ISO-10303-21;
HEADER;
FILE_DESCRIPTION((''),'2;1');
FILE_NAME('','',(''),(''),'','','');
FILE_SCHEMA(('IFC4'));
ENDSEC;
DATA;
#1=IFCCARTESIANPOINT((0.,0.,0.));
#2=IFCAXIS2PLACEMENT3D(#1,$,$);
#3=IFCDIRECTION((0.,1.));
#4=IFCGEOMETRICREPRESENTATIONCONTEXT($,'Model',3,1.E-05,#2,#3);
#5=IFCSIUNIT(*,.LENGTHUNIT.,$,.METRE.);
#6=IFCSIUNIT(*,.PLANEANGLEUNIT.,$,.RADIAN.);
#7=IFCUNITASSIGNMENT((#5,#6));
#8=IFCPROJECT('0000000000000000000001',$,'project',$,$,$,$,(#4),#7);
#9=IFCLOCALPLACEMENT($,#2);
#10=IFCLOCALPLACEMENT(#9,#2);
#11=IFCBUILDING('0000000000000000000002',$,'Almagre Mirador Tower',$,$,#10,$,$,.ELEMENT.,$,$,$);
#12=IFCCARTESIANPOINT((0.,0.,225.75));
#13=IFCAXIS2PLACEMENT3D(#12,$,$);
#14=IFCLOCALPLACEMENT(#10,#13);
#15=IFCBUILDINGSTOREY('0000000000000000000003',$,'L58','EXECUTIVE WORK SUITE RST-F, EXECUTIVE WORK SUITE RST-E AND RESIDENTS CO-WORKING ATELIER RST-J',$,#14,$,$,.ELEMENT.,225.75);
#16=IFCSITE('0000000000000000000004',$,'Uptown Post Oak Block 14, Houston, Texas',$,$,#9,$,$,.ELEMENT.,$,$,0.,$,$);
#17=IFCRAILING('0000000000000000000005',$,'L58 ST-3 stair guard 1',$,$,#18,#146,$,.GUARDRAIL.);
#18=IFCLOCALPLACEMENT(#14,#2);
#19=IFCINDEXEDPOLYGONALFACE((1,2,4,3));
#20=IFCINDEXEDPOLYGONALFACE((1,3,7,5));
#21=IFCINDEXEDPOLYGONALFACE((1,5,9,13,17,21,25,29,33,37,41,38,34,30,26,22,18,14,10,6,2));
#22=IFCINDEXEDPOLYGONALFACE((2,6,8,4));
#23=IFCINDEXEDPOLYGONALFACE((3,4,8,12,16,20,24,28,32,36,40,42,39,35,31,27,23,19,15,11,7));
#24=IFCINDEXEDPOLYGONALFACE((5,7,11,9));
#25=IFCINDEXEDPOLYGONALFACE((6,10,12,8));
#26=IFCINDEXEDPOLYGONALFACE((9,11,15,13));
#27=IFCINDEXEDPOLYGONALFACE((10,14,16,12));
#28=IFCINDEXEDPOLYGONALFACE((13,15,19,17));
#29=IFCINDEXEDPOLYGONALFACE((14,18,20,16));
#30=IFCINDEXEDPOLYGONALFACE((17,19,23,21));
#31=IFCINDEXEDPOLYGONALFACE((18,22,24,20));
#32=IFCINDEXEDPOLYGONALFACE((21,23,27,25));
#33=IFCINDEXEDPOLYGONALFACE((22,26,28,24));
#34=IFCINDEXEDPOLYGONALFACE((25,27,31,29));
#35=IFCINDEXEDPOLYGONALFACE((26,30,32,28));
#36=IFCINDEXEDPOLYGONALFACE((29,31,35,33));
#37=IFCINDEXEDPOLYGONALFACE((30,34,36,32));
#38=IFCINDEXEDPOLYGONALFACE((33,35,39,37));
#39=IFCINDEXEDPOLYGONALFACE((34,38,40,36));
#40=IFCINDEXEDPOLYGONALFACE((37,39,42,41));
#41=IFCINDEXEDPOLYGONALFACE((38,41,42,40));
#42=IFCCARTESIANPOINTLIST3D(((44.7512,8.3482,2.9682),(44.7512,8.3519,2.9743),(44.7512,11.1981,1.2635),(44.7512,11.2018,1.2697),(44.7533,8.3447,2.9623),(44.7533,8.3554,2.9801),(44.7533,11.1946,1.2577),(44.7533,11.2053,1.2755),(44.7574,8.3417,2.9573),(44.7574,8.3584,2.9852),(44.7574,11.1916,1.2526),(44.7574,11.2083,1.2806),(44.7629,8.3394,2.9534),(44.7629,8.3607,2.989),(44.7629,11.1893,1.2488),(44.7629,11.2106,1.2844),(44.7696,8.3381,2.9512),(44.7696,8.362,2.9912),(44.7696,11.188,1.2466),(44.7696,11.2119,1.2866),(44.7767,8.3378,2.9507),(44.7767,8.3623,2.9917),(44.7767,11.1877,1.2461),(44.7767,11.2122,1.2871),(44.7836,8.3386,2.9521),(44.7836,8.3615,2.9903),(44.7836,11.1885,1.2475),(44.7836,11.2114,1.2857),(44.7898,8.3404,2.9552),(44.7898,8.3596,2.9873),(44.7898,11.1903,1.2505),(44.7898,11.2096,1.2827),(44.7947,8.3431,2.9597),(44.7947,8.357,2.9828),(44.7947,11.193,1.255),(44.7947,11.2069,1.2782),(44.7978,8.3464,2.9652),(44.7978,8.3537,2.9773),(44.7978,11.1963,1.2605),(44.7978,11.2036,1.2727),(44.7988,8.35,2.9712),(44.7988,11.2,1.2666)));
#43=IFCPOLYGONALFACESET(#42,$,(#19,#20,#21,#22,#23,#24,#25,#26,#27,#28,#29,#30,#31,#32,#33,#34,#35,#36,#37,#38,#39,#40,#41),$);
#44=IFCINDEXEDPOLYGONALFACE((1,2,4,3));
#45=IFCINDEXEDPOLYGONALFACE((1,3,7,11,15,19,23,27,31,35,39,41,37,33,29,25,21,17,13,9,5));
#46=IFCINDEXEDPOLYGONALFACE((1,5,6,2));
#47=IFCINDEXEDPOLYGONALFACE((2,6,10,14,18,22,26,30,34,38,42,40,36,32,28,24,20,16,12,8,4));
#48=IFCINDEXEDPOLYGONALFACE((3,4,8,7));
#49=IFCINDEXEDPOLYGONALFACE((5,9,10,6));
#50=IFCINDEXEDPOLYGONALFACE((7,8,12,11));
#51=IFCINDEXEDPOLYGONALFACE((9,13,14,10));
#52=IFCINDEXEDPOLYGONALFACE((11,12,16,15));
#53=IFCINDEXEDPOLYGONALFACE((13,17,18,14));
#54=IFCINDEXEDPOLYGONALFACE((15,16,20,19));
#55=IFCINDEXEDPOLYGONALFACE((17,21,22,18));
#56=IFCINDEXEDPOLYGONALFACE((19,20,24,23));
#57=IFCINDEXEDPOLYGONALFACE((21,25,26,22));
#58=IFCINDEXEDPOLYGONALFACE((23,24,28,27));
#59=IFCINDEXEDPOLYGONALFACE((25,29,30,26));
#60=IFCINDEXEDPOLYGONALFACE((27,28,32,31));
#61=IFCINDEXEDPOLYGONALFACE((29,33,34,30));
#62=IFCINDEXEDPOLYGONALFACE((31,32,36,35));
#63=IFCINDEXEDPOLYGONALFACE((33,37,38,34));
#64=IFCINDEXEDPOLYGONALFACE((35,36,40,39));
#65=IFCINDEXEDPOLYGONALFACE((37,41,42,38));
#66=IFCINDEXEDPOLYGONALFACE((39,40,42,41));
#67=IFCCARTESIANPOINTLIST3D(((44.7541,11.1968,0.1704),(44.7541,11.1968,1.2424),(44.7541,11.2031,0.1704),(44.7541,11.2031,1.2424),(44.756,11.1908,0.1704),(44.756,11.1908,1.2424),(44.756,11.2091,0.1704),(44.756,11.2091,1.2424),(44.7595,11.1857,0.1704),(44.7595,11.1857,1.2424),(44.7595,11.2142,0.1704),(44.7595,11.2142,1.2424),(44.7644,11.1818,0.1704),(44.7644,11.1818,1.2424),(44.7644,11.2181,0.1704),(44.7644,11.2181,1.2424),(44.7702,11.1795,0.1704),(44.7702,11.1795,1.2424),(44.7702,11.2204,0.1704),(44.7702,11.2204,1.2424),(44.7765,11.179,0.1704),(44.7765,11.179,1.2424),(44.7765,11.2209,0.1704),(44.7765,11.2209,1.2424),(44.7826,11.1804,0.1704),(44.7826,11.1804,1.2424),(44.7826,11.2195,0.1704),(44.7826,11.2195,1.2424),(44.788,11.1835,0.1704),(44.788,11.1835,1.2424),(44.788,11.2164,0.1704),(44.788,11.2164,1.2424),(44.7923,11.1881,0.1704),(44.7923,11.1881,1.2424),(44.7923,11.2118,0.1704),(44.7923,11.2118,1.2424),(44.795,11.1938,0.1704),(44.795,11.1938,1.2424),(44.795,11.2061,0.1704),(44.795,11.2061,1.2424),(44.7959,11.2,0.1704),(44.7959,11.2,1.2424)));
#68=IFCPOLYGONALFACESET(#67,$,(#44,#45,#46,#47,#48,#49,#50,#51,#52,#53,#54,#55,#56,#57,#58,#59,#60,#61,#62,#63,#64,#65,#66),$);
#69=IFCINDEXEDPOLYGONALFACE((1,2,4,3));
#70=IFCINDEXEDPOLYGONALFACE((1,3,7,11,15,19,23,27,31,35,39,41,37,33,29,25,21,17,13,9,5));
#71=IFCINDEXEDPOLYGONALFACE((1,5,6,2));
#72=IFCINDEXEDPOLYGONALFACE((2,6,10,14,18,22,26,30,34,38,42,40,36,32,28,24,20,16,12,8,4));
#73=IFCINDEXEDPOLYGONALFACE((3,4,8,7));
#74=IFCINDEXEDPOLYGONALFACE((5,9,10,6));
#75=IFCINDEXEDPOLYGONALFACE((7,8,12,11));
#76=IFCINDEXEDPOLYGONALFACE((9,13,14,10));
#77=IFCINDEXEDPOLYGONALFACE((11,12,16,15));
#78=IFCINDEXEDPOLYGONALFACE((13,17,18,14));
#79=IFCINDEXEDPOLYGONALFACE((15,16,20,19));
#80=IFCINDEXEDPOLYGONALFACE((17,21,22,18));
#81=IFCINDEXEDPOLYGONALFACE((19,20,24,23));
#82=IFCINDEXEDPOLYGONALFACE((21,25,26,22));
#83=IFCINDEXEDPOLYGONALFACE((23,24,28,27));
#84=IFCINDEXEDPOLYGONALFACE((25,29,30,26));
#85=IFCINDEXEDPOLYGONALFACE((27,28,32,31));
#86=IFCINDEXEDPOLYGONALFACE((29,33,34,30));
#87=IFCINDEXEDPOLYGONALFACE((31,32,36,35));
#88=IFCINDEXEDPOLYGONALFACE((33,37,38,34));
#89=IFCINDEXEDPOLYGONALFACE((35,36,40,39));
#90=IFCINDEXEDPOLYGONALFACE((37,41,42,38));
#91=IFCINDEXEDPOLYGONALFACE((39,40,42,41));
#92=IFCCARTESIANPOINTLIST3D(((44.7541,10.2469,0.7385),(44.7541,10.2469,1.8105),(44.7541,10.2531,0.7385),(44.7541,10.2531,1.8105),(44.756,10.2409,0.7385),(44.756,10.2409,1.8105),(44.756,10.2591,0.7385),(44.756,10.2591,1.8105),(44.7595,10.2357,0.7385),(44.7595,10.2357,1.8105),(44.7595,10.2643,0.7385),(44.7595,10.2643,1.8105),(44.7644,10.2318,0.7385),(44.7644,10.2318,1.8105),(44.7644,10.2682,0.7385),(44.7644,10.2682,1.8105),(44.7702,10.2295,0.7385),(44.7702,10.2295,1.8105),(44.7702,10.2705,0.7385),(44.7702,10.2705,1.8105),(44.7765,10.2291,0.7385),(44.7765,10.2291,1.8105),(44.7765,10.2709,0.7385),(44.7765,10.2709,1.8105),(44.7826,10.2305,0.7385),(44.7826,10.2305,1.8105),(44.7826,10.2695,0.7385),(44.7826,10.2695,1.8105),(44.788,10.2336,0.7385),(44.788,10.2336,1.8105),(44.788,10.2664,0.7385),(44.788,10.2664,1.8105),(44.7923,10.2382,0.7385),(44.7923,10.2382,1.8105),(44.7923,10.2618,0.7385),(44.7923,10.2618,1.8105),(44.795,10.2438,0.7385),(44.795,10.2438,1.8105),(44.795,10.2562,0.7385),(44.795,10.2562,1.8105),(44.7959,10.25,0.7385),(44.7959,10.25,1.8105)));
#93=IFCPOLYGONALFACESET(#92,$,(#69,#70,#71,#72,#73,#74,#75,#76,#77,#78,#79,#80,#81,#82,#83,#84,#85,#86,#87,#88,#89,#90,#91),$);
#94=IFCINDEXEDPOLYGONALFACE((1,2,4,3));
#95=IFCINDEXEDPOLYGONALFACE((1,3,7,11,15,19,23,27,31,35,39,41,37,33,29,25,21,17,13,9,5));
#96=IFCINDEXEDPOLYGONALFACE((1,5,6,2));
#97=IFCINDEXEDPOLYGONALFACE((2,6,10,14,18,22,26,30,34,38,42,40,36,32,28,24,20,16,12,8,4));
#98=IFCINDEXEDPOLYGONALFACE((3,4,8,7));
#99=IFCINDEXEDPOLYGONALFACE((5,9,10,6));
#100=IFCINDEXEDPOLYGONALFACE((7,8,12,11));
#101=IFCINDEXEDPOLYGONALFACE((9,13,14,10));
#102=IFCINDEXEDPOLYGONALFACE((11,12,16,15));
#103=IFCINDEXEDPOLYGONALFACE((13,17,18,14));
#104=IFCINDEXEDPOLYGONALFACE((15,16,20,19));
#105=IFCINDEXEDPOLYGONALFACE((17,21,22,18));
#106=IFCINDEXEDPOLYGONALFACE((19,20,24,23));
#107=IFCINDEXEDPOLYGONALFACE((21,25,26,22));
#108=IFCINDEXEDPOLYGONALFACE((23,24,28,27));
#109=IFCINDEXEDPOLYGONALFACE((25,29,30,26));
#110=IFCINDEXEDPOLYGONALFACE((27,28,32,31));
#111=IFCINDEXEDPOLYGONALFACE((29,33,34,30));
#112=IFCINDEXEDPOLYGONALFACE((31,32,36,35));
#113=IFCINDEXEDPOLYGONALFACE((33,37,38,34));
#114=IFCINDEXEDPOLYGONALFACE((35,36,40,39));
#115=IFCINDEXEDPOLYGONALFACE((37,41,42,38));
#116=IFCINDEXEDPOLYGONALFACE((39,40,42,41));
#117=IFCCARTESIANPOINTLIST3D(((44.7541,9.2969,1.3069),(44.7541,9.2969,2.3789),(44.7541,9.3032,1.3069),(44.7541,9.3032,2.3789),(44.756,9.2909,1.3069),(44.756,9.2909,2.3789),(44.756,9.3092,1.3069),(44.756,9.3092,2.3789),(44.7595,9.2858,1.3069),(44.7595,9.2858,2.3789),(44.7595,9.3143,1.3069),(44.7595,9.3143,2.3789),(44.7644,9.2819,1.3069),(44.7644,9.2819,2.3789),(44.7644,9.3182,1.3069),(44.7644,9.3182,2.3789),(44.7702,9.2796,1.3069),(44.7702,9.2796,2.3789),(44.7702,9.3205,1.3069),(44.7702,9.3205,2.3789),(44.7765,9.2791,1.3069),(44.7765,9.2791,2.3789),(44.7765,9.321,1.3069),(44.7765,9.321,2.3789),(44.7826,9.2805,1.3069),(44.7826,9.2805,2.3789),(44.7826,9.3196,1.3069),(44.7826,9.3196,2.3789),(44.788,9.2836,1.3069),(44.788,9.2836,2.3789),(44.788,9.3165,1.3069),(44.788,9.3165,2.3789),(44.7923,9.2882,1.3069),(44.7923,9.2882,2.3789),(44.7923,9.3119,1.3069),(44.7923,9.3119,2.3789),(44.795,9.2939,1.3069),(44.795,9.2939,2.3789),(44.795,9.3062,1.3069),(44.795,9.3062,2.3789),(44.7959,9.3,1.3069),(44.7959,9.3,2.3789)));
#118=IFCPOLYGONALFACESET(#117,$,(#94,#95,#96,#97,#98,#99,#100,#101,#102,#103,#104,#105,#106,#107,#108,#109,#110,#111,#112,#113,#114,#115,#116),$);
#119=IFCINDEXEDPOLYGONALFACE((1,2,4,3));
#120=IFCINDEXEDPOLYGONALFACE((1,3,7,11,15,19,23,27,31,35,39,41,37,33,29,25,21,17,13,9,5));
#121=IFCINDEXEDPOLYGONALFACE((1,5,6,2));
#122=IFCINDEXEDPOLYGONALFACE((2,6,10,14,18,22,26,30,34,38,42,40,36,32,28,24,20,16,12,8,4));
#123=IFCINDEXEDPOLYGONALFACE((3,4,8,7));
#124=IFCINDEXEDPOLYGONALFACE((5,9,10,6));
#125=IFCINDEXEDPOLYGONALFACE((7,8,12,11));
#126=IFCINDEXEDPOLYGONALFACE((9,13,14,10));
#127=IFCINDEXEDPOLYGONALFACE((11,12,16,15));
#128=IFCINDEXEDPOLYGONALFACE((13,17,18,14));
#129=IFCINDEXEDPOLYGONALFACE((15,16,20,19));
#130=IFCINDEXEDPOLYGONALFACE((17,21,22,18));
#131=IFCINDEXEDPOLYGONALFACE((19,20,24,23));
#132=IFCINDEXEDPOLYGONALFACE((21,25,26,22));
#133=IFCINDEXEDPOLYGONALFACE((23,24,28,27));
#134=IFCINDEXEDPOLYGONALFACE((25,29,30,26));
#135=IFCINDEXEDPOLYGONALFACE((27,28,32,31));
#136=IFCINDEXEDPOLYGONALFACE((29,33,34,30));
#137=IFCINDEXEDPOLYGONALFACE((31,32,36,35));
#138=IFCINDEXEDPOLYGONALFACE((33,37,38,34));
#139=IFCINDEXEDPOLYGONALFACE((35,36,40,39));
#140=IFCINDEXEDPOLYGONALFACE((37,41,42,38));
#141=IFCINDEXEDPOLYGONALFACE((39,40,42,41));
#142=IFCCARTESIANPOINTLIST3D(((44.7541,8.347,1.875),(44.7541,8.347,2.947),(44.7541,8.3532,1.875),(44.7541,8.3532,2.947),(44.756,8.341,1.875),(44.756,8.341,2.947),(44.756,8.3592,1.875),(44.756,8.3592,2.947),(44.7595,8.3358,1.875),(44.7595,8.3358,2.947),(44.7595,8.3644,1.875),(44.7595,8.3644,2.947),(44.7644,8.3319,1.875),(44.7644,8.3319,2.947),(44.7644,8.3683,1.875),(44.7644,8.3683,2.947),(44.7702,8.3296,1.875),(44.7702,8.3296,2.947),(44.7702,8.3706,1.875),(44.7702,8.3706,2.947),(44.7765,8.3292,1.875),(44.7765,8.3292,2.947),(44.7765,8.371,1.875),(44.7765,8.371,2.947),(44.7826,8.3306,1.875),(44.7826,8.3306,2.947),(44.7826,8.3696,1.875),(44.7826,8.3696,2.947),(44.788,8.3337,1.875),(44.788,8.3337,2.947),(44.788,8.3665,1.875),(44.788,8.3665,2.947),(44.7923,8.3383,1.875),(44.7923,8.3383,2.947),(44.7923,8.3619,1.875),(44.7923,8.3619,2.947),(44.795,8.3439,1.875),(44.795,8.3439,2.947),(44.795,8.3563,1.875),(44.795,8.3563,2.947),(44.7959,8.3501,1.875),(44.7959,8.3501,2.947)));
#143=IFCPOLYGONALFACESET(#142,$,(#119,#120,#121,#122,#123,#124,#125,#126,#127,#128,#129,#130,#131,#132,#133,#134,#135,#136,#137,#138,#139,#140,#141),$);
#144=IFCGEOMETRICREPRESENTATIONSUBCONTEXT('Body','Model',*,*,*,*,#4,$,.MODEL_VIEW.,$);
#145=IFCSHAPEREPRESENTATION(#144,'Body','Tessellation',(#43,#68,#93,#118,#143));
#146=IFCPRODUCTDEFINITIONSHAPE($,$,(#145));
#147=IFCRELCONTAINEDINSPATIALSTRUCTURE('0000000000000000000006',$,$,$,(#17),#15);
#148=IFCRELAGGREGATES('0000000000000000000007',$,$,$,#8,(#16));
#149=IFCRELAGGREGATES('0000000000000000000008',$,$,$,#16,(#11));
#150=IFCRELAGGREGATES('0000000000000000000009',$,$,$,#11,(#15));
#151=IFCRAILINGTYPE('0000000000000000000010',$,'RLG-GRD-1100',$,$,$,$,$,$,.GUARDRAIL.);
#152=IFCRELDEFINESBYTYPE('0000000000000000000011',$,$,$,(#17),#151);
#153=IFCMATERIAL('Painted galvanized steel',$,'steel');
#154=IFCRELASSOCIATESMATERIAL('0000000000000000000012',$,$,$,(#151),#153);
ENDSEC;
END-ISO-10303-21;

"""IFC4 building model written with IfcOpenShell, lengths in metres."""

from ifc_helpers import new_model, si_unit, direction, frame, origin, origin_2d, place, context, subcontext, project, spatial, circle, extrude, material, type_object, element, save


model = new_model("IFC4")

# Units and contexts
model_context = context("Model", 3, precision=1e-05, world=origin(), true_north=direction((0.0, 1.0)))
body_context = subcontext(model_context, "Body", "Model", "MODEL_VIEW")
ifc_project = project(units=[si_unit("LENGTHUNIT", "METRE"), si_unit("PLANEANGLEUNIT", "RADIAN")], contexts=[model_context])

# Site, building, storey
site_placement = place(None, origin())
site = spatial("IfcSite", under=ifc_project, at=site_placement, Name="Uptown Post Oak Block 14, Houston, Texas", CompositionType="ELEMENT", RefElevation=0.0)
building_placement = place(site_placement, origin())
building = spatial("IfcBuilding", under=site, at=building_placement, Name="Almagre Mirador Tower", CompositionType="ELEMENT")
storey_placement = place(building_placement, frame((0.0, 0.0, 225.75)))
storey = spatial("IfcBuildingStorey", under=building, at=storey_placement, Name="L58", Description="EXECUTIVE WORK SUITE RST-F, EXECUTIVE WORK SUITE RST-E AND RESIDENTS CO-WORKING ATELIER RST-J", CompositionType="ELEMENT", Elevation=225.75)

# Railing
ifc_material_1 = material(Name="Painted galvanized steel", Category="steel")
railing_type_1 = type_object("IfcRailingType", Name="RLG-GRD-1100", PredefinedType="GUARDRAIL", material=ifc_material_1)
railing_1_placement = place(storey_placement, frame((44.7749, 11.2, 0.1704)))
element("IfcRailing", 1, at=railing_1_placement, inside=storey, type_object=railing_type_1, Name="L58 ST-3 stair guard 1", PredefinedType="GUARDRAIL", context=body_context, shape_type="SweptSolid", body=[
    extrude(circle(Radius=0.0239, at=origin_2d()), frame((0.0, 0.0, 1.0962), z_axis=(0.0, -0.858199, 0.513317), x_axis=(1.0, 0.0, 0.0)), (0.0, 0.0, 1.0), 3.3208),
    extrude(circle(Radius=0.021, at=origin_2d()), origin(), (0.0, 0.0, 1.0), 1.072),
    extrude(circle(Radius=0.021, at=origin_2d()), frame((0.0, -0.95, 0.5681)), (0.0, 0.0, 1.0), 1.072),
    extrude(circle(Radius=0.021, at=origin_2d()), frame((0.0, -1.8999, 1.1365)), (0.0, 0.0, 1.0), 1.072),
    extrude(circle(Radius=0.021, at=origin_2d()), frame((0.0, -2.8499, 1.7046)), (0.0, 0.0, 1.0), 1.072),
])

save(model, "model.ifc")
